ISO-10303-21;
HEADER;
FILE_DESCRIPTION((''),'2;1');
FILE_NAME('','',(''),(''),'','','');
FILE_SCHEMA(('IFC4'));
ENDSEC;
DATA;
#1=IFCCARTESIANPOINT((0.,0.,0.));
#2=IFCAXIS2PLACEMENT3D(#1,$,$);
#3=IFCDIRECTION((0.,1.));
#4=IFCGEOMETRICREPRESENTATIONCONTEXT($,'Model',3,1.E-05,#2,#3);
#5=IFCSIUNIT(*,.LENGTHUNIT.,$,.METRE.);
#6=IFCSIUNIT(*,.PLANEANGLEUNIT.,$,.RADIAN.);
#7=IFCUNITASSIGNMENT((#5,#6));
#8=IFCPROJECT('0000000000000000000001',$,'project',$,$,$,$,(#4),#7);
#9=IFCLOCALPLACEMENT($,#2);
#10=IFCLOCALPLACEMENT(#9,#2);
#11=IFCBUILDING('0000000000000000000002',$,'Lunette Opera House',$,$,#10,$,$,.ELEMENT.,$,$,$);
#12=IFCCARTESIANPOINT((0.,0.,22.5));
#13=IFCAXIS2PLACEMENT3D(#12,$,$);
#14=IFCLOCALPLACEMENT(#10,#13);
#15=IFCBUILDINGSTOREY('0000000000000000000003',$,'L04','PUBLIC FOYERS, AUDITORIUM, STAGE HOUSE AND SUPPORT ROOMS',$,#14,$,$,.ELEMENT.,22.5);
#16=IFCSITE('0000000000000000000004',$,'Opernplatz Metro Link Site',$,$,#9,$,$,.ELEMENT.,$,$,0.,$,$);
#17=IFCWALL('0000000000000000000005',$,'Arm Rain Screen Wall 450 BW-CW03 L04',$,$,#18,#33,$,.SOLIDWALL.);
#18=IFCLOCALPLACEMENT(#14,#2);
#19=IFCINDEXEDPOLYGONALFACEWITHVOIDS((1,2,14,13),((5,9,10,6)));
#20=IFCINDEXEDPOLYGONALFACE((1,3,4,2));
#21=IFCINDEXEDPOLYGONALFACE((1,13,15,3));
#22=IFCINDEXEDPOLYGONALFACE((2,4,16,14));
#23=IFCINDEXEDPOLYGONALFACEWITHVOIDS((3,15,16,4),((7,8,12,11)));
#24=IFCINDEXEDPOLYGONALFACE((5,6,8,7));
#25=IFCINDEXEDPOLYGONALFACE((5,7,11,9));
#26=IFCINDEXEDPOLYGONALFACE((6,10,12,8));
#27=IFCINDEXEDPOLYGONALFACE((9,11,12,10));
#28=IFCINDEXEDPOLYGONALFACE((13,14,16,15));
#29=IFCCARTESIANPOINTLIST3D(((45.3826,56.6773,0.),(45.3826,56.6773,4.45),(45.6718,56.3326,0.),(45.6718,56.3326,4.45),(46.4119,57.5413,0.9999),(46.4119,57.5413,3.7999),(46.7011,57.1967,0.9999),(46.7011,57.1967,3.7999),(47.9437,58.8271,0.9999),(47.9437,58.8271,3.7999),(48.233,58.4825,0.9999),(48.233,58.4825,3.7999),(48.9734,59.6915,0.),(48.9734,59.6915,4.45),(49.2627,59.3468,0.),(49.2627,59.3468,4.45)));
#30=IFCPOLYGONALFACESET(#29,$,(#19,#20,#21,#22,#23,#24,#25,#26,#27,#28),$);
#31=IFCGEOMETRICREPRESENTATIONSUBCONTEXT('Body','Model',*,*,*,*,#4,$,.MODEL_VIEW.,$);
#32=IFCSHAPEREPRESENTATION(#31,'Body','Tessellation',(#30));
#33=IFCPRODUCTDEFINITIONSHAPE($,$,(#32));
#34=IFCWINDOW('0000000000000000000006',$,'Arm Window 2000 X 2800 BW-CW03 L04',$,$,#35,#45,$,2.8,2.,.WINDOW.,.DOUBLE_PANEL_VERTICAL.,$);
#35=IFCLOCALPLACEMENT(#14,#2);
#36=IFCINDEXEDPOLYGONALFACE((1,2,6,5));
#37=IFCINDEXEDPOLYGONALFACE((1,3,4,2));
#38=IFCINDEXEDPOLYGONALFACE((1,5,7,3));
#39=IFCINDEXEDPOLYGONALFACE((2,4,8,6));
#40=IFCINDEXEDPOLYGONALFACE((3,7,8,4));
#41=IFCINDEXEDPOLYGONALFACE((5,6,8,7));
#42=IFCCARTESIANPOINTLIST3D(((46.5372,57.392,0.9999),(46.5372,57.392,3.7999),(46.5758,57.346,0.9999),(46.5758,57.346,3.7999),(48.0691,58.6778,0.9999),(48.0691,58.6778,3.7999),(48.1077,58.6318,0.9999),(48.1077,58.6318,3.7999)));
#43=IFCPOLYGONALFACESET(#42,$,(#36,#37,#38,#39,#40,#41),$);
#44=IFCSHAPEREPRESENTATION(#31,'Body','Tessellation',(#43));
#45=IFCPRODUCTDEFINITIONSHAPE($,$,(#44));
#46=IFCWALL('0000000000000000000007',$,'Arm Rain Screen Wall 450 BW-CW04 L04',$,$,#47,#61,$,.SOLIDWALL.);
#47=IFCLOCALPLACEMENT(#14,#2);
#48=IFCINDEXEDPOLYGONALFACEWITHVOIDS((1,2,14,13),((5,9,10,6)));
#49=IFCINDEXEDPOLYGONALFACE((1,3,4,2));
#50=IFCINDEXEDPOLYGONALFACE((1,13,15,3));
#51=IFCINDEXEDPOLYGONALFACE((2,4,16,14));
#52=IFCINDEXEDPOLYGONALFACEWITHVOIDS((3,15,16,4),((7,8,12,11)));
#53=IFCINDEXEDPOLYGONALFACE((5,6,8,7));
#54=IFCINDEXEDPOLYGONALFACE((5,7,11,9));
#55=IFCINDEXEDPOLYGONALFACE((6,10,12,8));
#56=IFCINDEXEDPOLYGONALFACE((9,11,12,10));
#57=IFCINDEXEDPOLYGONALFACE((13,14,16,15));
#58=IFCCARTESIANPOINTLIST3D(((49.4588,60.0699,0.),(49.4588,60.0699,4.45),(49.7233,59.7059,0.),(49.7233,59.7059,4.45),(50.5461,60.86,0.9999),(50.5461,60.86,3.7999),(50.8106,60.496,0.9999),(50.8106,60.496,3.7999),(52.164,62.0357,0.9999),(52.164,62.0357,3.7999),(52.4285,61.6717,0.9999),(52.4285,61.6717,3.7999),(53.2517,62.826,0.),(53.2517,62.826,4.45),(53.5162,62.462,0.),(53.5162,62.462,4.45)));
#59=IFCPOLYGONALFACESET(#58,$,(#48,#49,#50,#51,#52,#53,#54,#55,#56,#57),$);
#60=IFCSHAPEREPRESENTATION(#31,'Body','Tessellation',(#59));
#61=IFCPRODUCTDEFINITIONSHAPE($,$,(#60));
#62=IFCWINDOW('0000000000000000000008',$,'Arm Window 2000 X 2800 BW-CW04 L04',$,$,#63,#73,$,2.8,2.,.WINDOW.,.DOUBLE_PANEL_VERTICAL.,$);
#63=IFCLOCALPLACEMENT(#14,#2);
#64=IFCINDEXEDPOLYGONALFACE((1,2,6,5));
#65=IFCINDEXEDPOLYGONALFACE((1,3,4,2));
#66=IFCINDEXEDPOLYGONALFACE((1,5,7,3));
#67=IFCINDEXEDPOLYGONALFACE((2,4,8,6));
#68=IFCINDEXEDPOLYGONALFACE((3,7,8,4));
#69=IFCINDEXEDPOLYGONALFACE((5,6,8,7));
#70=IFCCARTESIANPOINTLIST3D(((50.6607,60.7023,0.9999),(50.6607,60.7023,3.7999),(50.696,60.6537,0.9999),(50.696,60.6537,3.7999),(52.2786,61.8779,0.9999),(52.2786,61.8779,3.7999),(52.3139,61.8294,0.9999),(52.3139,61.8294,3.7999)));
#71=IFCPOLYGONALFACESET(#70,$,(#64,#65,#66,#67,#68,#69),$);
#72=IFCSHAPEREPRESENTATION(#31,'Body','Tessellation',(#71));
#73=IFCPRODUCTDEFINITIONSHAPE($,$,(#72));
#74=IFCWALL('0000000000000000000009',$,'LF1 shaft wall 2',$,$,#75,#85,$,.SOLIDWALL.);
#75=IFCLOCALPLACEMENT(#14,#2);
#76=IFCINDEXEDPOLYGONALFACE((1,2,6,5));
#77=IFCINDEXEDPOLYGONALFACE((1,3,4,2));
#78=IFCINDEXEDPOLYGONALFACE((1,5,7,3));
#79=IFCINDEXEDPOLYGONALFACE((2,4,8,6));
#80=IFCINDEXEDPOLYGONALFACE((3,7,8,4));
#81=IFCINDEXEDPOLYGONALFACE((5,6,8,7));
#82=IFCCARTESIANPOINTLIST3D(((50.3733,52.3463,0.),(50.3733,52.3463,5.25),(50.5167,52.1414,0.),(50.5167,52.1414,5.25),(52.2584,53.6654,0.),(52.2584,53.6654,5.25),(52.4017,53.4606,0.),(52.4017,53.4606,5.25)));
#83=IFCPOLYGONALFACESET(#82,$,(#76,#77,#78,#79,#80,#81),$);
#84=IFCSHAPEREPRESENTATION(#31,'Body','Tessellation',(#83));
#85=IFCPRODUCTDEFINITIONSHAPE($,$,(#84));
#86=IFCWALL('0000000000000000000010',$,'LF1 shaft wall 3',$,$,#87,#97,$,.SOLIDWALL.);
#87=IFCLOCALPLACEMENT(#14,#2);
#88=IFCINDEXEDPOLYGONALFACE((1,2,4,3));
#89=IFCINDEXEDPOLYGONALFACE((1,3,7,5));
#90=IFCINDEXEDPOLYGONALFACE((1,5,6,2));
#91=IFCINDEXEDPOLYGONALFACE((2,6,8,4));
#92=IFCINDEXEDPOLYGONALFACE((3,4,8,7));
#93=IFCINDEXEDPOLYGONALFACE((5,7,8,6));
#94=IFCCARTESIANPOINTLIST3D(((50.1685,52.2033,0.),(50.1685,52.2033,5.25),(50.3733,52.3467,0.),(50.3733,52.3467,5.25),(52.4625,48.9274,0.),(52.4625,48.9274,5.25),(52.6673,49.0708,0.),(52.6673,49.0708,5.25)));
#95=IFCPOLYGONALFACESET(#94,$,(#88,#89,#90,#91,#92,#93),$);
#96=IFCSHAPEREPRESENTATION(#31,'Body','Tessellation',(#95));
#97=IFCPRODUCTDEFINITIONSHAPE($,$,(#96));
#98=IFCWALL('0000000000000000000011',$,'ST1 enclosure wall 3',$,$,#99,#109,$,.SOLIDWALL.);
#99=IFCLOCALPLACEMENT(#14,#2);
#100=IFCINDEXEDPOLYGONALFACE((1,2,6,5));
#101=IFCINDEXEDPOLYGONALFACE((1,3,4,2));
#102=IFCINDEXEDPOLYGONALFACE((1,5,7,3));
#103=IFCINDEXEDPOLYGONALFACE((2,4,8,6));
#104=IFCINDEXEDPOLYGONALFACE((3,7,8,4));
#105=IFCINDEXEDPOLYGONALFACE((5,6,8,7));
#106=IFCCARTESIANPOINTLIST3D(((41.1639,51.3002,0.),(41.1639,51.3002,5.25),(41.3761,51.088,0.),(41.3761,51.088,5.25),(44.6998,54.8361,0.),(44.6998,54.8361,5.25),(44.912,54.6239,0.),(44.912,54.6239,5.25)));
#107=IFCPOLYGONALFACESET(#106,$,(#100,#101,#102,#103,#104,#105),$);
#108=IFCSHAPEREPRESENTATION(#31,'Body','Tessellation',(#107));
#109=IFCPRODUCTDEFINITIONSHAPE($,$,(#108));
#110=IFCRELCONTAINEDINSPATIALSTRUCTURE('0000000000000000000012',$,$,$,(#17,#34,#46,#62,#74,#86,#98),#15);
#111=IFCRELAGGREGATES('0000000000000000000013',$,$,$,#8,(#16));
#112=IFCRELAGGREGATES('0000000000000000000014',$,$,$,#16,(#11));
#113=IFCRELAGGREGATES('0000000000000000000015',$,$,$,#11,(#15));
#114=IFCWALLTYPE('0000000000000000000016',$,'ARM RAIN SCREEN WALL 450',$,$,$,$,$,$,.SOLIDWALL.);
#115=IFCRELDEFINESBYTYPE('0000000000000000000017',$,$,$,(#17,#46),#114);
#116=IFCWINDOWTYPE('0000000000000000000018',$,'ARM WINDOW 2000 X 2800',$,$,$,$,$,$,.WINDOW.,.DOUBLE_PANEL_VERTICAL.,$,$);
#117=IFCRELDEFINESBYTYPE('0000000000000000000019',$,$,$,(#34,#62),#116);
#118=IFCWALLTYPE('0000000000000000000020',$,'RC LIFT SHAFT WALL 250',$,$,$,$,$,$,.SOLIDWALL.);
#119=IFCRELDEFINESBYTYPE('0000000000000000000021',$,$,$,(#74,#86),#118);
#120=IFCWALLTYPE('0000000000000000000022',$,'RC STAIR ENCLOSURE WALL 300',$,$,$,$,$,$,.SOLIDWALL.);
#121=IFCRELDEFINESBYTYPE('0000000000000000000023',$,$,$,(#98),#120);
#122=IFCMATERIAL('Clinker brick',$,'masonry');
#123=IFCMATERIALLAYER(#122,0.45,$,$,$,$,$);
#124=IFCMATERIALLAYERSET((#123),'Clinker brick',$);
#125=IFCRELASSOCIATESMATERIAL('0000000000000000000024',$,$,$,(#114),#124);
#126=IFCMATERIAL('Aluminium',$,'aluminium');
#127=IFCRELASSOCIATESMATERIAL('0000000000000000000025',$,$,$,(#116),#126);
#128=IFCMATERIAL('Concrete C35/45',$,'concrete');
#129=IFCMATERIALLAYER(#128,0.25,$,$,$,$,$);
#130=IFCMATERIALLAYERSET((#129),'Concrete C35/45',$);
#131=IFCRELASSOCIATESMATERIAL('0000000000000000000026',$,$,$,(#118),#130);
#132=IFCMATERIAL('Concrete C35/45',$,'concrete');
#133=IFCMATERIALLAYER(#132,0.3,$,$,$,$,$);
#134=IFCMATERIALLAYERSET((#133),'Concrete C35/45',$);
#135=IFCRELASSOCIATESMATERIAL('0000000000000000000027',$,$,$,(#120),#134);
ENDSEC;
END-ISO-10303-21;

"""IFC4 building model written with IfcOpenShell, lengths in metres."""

from ifc_helpers import new_model, si_unit, direction, frame, frame_2d, origin, place, context, subcontext, project, spatial, rectangle, extrude, material, layer, layer_set, type_object, element, fill, save


model = new_model("IFC4")

# Units and contexts
model_context = context("Model", 3, precision=1e-05, world=origin(), true_north=direction((0.0, 1.0)))
body_context = subcontext(model_context, "Body", "Model", "MODEL_VIEW")
ifc_project = project(units=[si_unit("LENGTHUNIT", "METRE"), si_unit("PLANEANGLEUNIT", "RADIAN")], contexts=[model_context])

# Site, building, storey
site_placement = place(None, origin())
site = spatial("IfcSite", under=ifc_project, at=site_placement, Name="Opernplatz Metro Link Site", CompositionType="ELEMENT", RefElevation=0.0)
building_placement = place(site_placement, origin())
building = spatial("IfcBuilding", under=site, at=building_placement, Name="Lunette Opera House", CompositionType="ELEMENT")
storey_placement = place(building_placement, frame((0.0, 0.0, 22.5)))
storey = spatial("IfcBuildingStorey", under=building, at=storey_placement, Name="L04", Description="PUBLIC FOYERS, AUDITORIUM, STAGE HOUSE AND SUPPORT ROOMS", CompositionType="ELEMENT", Elevation=22.5)

# Walls, openings, windows
ifc_material_1 = material(Name="Clinker brick", Category="masonry")
ifc_layer_1 = layer(ifc_material_1, 0.45)
ifc_layer_set_1 = layer_set([ifc_layer_1], Name="Clinker brick")
wall_type_1 = type_object("IfcWallType", Name="ARM RAIN SCREEN WALL 450", PredefinedType="SOLIDWALL", material=ifc_layer_set_1)
ifc_material_2 = material(Name="Aluminium", Category="aluminium")
window_type = type_object("IfcWindowType", Name="ARM WINDOW 2000 X 2800", PartitioningType="DOUBLE_PANEL_VERTICAL", PredefinedType="WINDOW", material=ifc_material_2)
wall_1_placement = place(storey_placement, frame((45.5271, 56.5049, 0.0), z_axis=(0.0, 0.0, 1.0), x_axis=(0.765928, 0.642926, 0.0)))
wall_1 = element("IfcWall", 1, at=wall_1_placement, inside=storey, type_object=wall_type_1, Name="Arm Rain Screen Wall 450 BW-CW03 L04", PredefinedType="SOLIDWALL", context=body_context, shape_type="SweptSolid", body=[
    extrude(rectangle(XDim=4.6882, YDim=0.45, at=frame_2d((2.3442, 0.0))), origin(), (0.0, 0.0, 1.0), 4.45),
])
opening_1_placement = place(wall_1_placement, frame((1.344, 0.0, 1.0)))
opening_1 = element("IfcOpeningElement", 2, at=opening_1_placement, cuts=wall_1, PredefinedType="OPENING", context=body_context, shape_type="SweptSolid", body=[
    extrude(rectangle(XDim=2.0, YDim=2.8, at=frame_2d((1.0, 1.3999))), frame((0.0, 0.2371, 0.0), z_axis=(0.0, -1.0, 0.0), x_axis=(1.0, 0.0, 0.0)), (0.0, 0.0, 1.0), 0.4739),
])
window_1_placement = place(opening_1_placement, origin())
window_1 = element("IfcWindow", 3, at=window_1_placement, inside=storey, type_object=window_type, Name="Arm Window 2000 X 2800 BW-CW03 L04", OverallHeight=2.8, OverallWidth=2.0, PartitioningType="DOUBLE_PANEL_VERTICAL", PredefinedType="WINDOW", context=body_context, shape_type="SweptSolid", body=[
    extrude(rectangle(XDim=2.0, YDim=2.8, at=frame_2d((1.0, 1.3999))), frame((0.0, 0.03, 0.0), z_axis=(0.0, -1.0, 0.0), x_axis=(1.0, 0.0, 0.0)), (0.0, 0.0, 1.0), 0.0601),
])
fill(opening_1, window_1)
wall_2_placement = place(storey_placement, frame((49.5911, 59.8879, 0.0), z_axis=(0.0, 0.0, 1.0), x_axis=(0.808981, 0.587834, 0.0)))
wall_2 = element("IfcWall", 4, at=wall_2_placement, inside=storey, type_object=wall_type_1, Name="Arm Rain Screen Wall 450 BW-CW04 L04", PredefinedType="SOLIDWALL", context=body_context, shape_type="SweptSolid", body=[
    extrude(rectangle(XDim=4.6885, YDim=0.45, at=frame_2d((2.3442, 0.0))), origin(), (0.0, 0.0, 1.0), 4.45),
])
opening_2_placement = place(wall_2_placement, frame((1.344, 0.0, 1.0)))
opening_2 = element("IfcOpeningElement", 5, at=opening_2_placement, cuts=wall_2, PredefinedType="OPENING", context=body_context, shape_type="SweptSolid", body=[
    extrude(rectangle(XDim=2.0, YDim=2.8, at=frame_2d((1.0, 1.3999))), frame((0.0, 0.2371, 0.0), z_axis=(0.0, -1.0, 0.0), x_axis=(1.0, 0.0, 0.0)), (0.0, 0.0, 1.0), 0.4739),
])
window_2_placement = place(opening_2_placement, origin())
window_2 = element("IfcWindow", 6, at=window_2_placement, inside=storey, type_object=window_type, Name="Arm Window 2000 X 2800 BW-CW04 L04", OverallHeight=2.8, OverallWidth=2.0, PartitioningType="DOUBLE_PANEL_VERTICAL", PredefinedType="WINDOW", context=body_context, shape_type="SweptSolid", body=[
    extrude(rectangle(XDim=2.0, YDim=2.8, at=frame_2d((1.0, 1.3999))), frame((0.0, 0.03, 0.0), z_axis=(0.0, -1.0, 0.0), x_axis=(1.0, 0.0, 0.0)), (0.0, 0.0, 1.0), 0.0601),
])
fill(opening_2, window_2)

# Walls
ifc_material_3 = material(Name="Concrete C35/45", Category="concrete")
ifc_layer_2 = layer(ifc_material_3, 0.25)
ifc_layer_set_2 = layer_set([ifc_layer_2], Name="Concrete C35/45")
wall_type_2 = type_object("IfcWallType", Name="RC LIFT SHAFT WALL 250", PredefinedType="SOLIDWALL", material=ifc_layer_set_2)
wall_3_placement = place(storey_placement, frame((52.3301, 53.563, 0.0), z_axis=(0.0, 0.0, 1.0), x_axis=(-0.819317, -0.573341, 0.0)))
element("IfcWall", 7, at=wall_3_placement, inside=storey, type_object=wall_type_2, Name="LF1 shaft wall 2", PredefinedType="SOLIDWALL", context=body_context, shape_type="SweptSolid", body=[
    extrude(rectangle(XDim=2.3008, YDim=0.25, at=frame_2d((1.1504, 0.0))), origin(), (0.0, 0.0, 1.0), 5.25),
])
wall_4_placement = place(storey_placement, frame((50.271, 52.2749, 0.0), z_axis=(0.0, 0.0, 1.0), x_axis=(0.573602, -0.819134, 0.0)))
element("IfcWall", 8, at=wall_4_placement, inside=storey, type_object=wall_type_2, Name="LF1 shaft wall 3", PredefinedType="SOLIDWALL", context=body_context, shape_type="SweptSolid", body=[
    extrude(rectangle(XDim=3.9993, YDim=0.25, at=frame_2d((1.9995, 0.0))), origin(), (0.0, 0.0, 1.0), 5.25),
])
ifc_material_4 = material(Name="Concrete C35/45", Category="concrete")
ifc_layer_3 = layer(ifc_material_4, 0.3)
ifc_layer_set_3 = layer_set([ifc_layer_3], Name="Concrete C35/45")
wall_type_3 = type_object("IfcWallType", Name="RC STAIR ENCLOSURE WALL 300", PredefinedType="SOLIDWALL", material=ifc_layer_set_3)
wall_5_placement = place(storey_placement, frame((44.8059, 54.73, 0.0), z_axis=(0.0, 0.0, 1.0), x_axis=(-0.707107, -0.707107, 0.0)))
element("IfcWall", 9, at=wall_5_placement, inside=storey, type_object=wall_type_3, Name="ST1 enclosure wall 3", PredefinedType="SOLIDWALL", context=body_context, shape_type="SweptSolid", body=[
    extrude(rectangle(XDim=5.0005, YDim=0.3, at=frame_2d((2.5002, 0.0))), origin(), (0.0, 0.0, 1.0), 5.25),
])

save(model, "model.ifc")
